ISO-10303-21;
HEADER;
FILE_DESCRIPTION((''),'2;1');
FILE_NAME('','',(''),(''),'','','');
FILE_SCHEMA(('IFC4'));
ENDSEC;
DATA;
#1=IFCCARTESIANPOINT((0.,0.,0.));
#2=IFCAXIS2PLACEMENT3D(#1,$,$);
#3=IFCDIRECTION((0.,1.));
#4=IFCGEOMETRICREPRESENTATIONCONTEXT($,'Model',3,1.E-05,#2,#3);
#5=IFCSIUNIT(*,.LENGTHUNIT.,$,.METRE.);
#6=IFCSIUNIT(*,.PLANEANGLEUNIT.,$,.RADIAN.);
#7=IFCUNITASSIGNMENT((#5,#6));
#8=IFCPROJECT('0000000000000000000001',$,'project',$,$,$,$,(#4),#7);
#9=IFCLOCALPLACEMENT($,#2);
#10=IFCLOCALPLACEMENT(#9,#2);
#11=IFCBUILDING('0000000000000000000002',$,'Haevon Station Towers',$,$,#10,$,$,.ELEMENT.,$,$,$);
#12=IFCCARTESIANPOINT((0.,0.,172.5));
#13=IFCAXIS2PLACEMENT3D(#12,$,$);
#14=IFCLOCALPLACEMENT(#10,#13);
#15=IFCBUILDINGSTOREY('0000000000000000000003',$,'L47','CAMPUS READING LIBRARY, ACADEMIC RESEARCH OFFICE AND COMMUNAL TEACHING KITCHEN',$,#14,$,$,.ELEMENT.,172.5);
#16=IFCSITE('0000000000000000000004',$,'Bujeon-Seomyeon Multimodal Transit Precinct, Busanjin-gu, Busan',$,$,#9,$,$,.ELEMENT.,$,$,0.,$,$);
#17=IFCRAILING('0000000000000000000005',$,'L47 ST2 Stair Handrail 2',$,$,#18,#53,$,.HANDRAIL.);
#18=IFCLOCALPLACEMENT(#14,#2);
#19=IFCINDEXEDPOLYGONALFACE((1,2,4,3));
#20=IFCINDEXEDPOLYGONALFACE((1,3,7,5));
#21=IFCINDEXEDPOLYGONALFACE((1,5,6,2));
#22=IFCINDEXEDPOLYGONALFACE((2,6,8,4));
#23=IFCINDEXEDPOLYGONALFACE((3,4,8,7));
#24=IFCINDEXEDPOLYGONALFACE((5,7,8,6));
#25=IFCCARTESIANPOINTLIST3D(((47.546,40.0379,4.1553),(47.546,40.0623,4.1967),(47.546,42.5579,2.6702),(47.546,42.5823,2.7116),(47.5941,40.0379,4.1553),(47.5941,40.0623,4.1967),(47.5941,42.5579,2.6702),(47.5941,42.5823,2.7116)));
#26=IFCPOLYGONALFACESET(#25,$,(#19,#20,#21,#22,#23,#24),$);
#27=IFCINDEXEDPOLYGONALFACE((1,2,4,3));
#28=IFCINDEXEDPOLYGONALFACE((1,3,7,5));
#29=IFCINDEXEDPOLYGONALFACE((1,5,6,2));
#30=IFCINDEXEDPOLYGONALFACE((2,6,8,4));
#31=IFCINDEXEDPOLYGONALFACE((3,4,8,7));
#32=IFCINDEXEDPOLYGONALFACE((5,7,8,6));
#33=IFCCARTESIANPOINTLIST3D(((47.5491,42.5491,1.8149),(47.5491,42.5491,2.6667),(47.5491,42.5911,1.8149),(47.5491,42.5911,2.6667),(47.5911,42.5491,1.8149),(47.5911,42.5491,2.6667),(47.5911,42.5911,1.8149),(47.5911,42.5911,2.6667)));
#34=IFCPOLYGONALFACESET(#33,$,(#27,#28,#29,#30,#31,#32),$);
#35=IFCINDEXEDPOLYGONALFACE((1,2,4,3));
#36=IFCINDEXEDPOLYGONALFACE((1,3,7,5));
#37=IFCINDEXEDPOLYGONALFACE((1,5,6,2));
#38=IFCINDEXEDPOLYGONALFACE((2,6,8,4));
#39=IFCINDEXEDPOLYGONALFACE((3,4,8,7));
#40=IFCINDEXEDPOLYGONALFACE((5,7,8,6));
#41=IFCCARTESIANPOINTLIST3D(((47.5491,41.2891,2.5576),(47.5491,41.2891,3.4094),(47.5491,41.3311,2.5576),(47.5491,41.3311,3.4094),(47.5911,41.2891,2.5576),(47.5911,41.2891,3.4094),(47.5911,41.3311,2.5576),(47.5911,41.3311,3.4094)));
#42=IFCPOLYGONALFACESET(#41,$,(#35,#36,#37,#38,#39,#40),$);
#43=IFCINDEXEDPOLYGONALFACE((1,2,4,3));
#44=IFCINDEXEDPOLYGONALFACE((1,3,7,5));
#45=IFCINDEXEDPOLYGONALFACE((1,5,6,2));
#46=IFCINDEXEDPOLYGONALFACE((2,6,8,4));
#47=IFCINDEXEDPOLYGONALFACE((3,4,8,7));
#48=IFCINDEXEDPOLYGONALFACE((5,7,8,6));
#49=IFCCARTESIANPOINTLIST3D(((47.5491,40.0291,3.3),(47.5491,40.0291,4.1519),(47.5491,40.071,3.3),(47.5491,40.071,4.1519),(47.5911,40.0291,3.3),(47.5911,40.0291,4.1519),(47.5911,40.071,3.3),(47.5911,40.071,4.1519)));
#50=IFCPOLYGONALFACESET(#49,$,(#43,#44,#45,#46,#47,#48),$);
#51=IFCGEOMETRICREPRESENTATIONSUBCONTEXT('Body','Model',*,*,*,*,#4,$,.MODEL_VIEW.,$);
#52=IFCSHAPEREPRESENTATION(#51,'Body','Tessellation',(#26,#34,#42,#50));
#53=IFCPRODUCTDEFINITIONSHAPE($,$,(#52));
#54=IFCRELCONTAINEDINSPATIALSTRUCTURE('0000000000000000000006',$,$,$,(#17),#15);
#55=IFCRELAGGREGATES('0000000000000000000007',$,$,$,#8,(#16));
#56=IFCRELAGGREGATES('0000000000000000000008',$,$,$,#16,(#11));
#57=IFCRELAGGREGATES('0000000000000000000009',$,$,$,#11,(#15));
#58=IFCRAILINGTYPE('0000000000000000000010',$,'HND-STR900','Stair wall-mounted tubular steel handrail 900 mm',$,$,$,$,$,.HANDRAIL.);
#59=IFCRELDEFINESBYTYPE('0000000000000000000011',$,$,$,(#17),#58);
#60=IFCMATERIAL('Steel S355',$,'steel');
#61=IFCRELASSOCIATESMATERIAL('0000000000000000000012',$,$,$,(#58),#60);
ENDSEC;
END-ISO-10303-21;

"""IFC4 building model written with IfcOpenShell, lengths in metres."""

from ifc_helpers import new_model, si_unit, direction, frame, origin, origin_2d, place, context, subcontext, project, spatial, rectangle, extrude, material, type_object, element, save


model = new_model("IFC4")

# Units and contexts
model_context = context("Model", 3, precision=1e-05, world=origin(), true_north=direction((0.0, 1.0)))
body_context = subcontext(model_context, "Body", "Model", "MODEL_VIEW")
ifc_project = project(units=[si_unit("LENGTHUNIT", "METRE"), si_unit("PLANEANGLEUNIT", "RADIAN")], contexts=[model_context])

# Site, building, storey
site_placement = place(None, origin())
site = spatial("IfcSite", under=ifc_project, at=site_placement, Name="Bujeon-Seomyeon Multimodal Transit Precinct, Busanjin-gu, Busan", CompositionType="ELEMENT", RefElevation=0.0)
building_placement = place(site_placement, origin())
building = spatial("IfcBuilding", under=site, at=building_placement, Name="Haevon Station Towers", CompositionType="ELEMENT")
storey_placement = place(building_placement, frame((0.0, 0.0, 172.5)))
storey = spatial("IfcBuildingStorey", under=building, at=storey_placement, Name="L47", Description="CAMPUS READING LIBRARY, ACADEMIC RESEARCH OFFICE AND COMMUNAL TEACHING KITCHEN", CompositionType="ELEMENT", Elevation=172.5)

# Shared definitions
ifc_material_1 = material(Name="Steel S355", Category="steel")

# Railing
railing_type_1 = type_object("IfcRailingType", Name="HND-STR900", Description="Stair wall-mounted tubular steel handrail 900 mm", PredefinedType="HANDRAIL", material=ifc_material_1)
railing_1_placement = place(storey_placement, frame((47.5701, 42.5701, 1.8149)))
element("IfcRailing", 1, at=railing_1_placement, inside=storey, type_object=railing_type_1, Name="L47 ST2 Stair Handrail 2", PredefinedType="HANDRAIL", context=body_context, shape_type="SweptSolid", body=[
    extrude(rectangle(XDim=0.0481, YDim=0.0481, at=origin_2d()), frame((0.0, 0.0, 0.876), z_axis=(0.0, -0.861524, 0.507717), x_axis=(1.0, 0.0, 0.0)), (0.0, 0.0, 1.0), 2.925),
    extrude(rectangle(XDim=0.042, YDim=0.042, at=origin_2d()), origin(), (0.0, 0.0, 1.0), 0.8518),
    extrude(rectangle(XDim=0.042, YDim=0.042, at=origin_2d()), frame((0.0, -1.26, 0.7427)), (0.0, 0.0, 1.0), 0.8518),
    extrude(rectangle(XDim=0.042, YDim=0.042, at=origin_2d()), frame((0.0, -2.52, 1.4851)), (0.0, 0.0, 1.0), 0.8518),
])

save(model, "model.ifc")
